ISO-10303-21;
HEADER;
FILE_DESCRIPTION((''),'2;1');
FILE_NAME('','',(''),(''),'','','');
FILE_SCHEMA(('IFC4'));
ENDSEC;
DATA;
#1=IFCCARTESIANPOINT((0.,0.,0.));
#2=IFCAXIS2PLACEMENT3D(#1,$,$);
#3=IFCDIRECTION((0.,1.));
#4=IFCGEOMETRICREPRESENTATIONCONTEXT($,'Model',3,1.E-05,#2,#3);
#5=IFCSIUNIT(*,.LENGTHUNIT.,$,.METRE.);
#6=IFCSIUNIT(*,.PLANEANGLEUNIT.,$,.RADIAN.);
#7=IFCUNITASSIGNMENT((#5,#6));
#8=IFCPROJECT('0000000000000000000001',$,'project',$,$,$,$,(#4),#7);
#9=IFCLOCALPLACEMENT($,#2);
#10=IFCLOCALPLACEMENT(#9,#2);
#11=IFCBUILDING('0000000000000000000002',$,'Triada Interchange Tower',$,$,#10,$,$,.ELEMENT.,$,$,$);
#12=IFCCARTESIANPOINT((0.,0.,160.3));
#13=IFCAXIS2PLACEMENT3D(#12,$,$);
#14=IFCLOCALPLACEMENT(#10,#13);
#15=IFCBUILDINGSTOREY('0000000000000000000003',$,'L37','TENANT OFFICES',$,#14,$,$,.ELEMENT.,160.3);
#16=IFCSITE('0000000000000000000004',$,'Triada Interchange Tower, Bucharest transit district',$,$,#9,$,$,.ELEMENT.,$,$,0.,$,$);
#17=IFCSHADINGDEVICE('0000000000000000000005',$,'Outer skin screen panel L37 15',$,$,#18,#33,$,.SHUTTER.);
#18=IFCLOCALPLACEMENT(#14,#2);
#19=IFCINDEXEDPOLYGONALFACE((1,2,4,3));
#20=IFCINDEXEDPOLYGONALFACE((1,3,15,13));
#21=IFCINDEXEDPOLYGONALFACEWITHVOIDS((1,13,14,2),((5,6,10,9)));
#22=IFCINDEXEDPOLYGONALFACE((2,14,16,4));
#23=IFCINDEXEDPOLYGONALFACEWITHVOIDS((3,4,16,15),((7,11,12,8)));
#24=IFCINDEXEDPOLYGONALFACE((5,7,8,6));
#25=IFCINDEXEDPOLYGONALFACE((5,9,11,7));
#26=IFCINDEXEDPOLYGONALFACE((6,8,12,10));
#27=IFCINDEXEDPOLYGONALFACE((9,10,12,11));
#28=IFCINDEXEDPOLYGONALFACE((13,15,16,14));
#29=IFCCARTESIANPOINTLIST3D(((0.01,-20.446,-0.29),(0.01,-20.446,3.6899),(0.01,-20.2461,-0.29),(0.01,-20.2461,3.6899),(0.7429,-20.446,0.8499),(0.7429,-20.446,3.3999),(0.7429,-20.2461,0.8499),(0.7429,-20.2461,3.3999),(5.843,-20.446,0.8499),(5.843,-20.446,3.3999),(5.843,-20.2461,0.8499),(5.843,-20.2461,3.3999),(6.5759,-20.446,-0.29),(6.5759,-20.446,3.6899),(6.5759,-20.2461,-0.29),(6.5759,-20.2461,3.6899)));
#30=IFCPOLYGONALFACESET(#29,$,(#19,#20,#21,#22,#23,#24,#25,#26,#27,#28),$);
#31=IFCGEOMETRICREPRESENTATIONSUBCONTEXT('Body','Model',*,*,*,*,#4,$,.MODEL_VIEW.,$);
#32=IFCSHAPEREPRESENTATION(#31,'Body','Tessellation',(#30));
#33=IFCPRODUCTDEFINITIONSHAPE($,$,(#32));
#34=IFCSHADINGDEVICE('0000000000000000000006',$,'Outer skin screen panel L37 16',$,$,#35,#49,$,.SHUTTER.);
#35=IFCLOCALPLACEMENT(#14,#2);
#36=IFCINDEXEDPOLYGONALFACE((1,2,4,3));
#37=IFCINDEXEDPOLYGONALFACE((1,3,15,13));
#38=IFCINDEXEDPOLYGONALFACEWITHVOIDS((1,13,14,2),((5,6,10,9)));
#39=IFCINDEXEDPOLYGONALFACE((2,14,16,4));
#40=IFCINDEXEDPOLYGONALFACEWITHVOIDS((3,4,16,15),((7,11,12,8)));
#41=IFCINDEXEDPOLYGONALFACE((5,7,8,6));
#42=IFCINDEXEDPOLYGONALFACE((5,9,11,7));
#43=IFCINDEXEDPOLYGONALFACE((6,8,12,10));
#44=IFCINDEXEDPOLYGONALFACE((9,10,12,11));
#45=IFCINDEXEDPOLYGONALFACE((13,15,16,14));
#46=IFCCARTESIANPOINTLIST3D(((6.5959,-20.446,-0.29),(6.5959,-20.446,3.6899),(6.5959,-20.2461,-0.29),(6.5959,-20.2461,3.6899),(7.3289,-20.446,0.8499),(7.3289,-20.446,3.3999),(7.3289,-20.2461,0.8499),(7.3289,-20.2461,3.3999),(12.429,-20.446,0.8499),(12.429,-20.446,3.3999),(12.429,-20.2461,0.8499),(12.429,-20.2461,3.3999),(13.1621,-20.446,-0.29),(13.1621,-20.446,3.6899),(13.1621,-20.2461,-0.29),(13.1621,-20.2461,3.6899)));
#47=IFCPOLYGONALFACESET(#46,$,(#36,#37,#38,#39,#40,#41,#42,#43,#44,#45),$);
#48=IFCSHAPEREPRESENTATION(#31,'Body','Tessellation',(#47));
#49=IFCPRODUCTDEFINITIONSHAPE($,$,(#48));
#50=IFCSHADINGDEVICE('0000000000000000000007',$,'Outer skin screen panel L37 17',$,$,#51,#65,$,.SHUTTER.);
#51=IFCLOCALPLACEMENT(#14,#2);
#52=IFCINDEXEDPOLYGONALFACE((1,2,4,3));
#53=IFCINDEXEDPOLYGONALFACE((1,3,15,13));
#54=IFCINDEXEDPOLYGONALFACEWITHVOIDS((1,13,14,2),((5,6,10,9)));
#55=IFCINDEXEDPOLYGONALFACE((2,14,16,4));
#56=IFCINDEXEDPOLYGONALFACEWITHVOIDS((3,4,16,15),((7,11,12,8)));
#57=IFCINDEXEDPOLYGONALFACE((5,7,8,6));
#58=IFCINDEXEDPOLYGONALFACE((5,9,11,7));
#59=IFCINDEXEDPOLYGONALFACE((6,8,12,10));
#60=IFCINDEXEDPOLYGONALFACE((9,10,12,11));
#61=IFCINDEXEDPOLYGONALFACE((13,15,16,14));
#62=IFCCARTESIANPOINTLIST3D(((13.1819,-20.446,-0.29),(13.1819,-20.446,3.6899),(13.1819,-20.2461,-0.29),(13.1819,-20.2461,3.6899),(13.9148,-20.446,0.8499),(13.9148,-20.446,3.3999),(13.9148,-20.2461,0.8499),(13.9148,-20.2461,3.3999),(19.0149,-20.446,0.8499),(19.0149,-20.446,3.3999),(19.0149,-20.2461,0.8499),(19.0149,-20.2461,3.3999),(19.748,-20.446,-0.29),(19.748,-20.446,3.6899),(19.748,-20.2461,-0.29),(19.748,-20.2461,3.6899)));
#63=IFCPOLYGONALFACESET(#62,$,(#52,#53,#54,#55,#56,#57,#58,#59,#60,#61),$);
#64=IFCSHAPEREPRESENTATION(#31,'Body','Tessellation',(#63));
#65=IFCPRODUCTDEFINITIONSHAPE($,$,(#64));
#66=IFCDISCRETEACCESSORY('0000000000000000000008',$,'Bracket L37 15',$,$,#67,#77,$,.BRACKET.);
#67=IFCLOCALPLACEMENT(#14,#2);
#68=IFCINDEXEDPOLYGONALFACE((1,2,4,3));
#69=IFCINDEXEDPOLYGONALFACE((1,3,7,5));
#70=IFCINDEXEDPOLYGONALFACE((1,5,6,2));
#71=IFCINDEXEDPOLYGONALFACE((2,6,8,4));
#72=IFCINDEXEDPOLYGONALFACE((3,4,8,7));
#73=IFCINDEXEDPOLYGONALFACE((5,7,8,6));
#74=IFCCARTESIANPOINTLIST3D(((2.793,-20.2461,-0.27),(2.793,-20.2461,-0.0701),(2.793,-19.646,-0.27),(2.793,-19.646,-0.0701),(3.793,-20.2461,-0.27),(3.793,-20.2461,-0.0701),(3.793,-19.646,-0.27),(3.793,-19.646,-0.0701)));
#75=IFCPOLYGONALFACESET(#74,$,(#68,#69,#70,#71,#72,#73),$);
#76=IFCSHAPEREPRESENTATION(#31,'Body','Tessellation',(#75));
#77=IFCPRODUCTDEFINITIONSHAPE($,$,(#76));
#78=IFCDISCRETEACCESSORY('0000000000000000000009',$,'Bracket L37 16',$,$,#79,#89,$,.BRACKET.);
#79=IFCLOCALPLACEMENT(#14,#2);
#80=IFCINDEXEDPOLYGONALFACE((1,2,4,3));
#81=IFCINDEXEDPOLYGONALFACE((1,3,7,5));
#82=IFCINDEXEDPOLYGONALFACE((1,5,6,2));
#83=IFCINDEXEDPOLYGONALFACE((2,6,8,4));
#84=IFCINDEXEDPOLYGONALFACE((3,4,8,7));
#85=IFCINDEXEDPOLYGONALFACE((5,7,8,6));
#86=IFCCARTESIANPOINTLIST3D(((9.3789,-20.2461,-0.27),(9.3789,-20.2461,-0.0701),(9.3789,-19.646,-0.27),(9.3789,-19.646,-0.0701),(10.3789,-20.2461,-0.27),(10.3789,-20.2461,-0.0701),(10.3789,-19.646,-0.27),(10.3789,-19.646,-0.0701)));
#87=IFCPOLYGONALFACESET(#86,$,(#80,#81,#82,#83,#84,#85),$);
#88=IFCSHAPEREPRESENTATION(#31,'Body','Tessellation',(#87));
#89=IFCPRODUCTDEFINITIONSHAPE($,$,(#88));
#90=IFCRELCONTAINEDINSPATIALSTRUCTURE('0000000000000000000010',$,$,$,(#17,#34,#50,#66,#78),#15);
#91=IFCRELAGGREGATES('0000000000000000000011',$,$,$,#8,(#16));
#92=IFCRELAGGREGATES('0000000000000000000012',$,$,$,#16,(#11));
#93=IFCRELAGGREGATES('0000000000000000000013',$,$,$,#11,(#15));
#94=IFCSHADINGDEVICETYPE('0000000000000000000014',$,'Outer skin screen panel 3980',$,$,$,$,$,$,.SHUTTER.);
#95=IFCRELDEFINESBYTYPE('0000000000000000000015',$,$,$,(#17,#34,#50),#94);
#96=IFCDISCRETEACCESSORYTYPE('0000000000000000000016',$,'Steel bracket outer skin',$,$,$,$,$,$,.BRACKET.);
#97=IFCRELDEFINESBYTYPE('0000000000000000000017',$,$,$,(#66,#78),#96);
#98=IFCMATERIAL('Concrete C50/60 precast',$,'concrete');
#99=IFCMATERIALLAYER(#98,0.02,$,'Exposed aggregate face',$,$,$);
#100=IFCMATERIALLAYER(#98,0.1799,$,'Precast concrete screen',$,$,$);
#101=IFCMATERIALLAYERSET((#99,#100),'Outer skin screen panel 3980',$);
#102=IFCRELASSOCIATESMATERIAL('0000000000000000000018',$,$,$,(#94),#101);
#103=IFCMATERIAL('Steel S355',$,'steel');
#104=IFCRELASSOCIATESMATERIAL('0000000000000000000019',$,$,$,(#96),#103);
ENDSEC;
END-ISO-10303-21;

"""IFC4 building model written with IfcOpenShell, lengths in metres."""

from ifc_helpers import new_model, si_unit, direction, frame, origin, origin_2d, place, context, subcontext, project, spatial, polyline, rectangle, outline, extrude, material, layer, layer_set, type_object, element, save


model = new_model("IFC4")

# Units and contexts
model_context = context("Model", 3, precision=1e-05, world=origin(), true_north=direction((0.0, 1.0)))
body_context = subcontext(model_context, "Body", "Model", "MODEL_VIEW")
ifc_project = project(units=[si_unit("LENGTHUNIT", "METRE"), si_unit("PLANEANGLEUNIT", "RADIAN")], contexts=[model_context])

# Site, building, storey
site_placement = place(None, origin())
site = spatial("IfcSite", under=ifc_project, at=site_placement, Name="Triada Interchange Tower, Bucharest transit district", CompositionType="ELEMENT", RefElevation=0.0)
building_placement = place(site_placement, origin())
building = spatial("IfcBuilding", under=site, at=building_placement, Name="Triada Interchange Tower", CompositionType="ELEMENT")
storey_placement = place(building_placement, frame((0.0, 0.0, 160.3)))
storey = spatial("IfcBuildingStorey", under=building, at=storey_placement, Name="L37", Description="TENANT OFFICES", CompositionType="ELEMENT", Elevation=160.3)

# Shading devices
ifc_material_1 = material(Name="Concrete C50/60 precast", Category="concrete")
ifc_layer_1 = layer(ifc_material_1, 0.02, Name="Exposed aggregate face")
ifc_layer_2 = layer(ifc_material_1, 0.1799, Name="Precast concrete screen")
ifc_layer_set_1 = layer_set([ifc_layer_1, ifc_layer_2], Name="Outer skin screen panel 3980")
shading_device_type = type_object("IfcShadingDeviceType", Name="Outer skin screen panel 3980", PredefinedType="SHUTTER", material=ifc_layer_set_1)
shading_device_placement = place(storey_placement, frame((0.01, -20.2461, -0.29), z_axis=(0.0, 0.0, 1.0), x_axis=(1.0, 0.0, 0.0)))
element("IfcShadingDevice", 1, at=shading_device_placement, inside=storey, type_object=shading_device_type, Name="Outer skin screen panel L37 15", PredefinedType="SHUTTER", context=body_context, shape_type="SweptSolid", body=[
    extrude(outline(polyline([(0.0, 0.0), (6.5659, 0.0), (6.5659, 3.98), (0.0, 3.98), (0.0, 0.0)]), holes=[polyline([(0.7329, 1.1399), (0.7329, 3.6899), (5.833, 3.6899), (5.833, 1.1399), (0.7329, 1.1399)])]), frame((0.0, 0.0, 0.0), z_axis=(0.0, -1.0, 0.0), x_axis=(1.0, 0.0, 0.0)), (0.0, 0.0, 1.0), 0.2),
])
for number, where, z_axis, x_axis, name in (
    (2, (6.5959, -20.2461, -0.29), (0.0, 0.0, 1.0), (1.0, 0.0, 0.0), "Outer skin screen panel L37 16"),
    (3, (13.1819, -20.2461, -0.29), (0.0, 0.0, 1.0), (1.0, 0.0, 0.0), "Outer skin screen panel L37 17"),
):
    element("IfcShadingDevice", number, at=place(storey_placement, frame(where, z_axis=z_axis, x_axis=x_axis)), inside=storey, type_object=shading_device_type, Name=name, PredefinedType="SHUTTER", context=body_context, shape_type="SweptSolid", body=[
        extrude(outline(polyline([(0.0, 0.0), (6.5662, 0.0), (6.5662, 3.98), (0.0, 3.98), (0.0, 0.0)]), holes=[polyline([(0.7329, 1.1399), (0.7329, 3.6899), (5.833, 3.6899), (5.833, 1.1399), (0.7329, 1.1399)])]), frame((0.0, 0.0, 0.0), z_axis=(0.0, -1.0, 0.0), x_axis=(1.0, 0.0, 0.0)), (0.0, 0.0, 1.0), 0.2),
    ])

# Discrete accessories
ifc_material_2 = material(Name="Steel S355", Category="steel")
discrete_accessory_type = type_object("IfcDiscreteAccessoryType", Name="Steel bracket outer skin", PredefinedType="BRACKET", material=ifc_material_2)
for number, where, z_axis, x_axis, name in (
    (4, (3.293, -19.946, -0.27), (0.0, 0.0, 1.0), (0.0, -1.0, 0.0), "Bracket L37 15"),
    (5, (9.8789, -19.946, -0.27), (0.0, 0.0, 1.0), (0.0, -1.0, 0.0), "Bracket L37 16"),
):
    element("IfcDiscreteAccessory", number, at=place(storey_placement, frame(where, z_axis=z_axis, x_axis=x_axis)), inside=storey, type_object=discrete_accessory_type, Name=name, PredefinedType="BRACKET", context=body_context, shape_type="SweptSolid", body=[
        extrude(rectangle(XDim=0.6001, YDim=1.0, at=origin_2d()), origin(), (0.0, 0.0, 1.0), 0.2),
    ])

save(model, "model.ifc")
